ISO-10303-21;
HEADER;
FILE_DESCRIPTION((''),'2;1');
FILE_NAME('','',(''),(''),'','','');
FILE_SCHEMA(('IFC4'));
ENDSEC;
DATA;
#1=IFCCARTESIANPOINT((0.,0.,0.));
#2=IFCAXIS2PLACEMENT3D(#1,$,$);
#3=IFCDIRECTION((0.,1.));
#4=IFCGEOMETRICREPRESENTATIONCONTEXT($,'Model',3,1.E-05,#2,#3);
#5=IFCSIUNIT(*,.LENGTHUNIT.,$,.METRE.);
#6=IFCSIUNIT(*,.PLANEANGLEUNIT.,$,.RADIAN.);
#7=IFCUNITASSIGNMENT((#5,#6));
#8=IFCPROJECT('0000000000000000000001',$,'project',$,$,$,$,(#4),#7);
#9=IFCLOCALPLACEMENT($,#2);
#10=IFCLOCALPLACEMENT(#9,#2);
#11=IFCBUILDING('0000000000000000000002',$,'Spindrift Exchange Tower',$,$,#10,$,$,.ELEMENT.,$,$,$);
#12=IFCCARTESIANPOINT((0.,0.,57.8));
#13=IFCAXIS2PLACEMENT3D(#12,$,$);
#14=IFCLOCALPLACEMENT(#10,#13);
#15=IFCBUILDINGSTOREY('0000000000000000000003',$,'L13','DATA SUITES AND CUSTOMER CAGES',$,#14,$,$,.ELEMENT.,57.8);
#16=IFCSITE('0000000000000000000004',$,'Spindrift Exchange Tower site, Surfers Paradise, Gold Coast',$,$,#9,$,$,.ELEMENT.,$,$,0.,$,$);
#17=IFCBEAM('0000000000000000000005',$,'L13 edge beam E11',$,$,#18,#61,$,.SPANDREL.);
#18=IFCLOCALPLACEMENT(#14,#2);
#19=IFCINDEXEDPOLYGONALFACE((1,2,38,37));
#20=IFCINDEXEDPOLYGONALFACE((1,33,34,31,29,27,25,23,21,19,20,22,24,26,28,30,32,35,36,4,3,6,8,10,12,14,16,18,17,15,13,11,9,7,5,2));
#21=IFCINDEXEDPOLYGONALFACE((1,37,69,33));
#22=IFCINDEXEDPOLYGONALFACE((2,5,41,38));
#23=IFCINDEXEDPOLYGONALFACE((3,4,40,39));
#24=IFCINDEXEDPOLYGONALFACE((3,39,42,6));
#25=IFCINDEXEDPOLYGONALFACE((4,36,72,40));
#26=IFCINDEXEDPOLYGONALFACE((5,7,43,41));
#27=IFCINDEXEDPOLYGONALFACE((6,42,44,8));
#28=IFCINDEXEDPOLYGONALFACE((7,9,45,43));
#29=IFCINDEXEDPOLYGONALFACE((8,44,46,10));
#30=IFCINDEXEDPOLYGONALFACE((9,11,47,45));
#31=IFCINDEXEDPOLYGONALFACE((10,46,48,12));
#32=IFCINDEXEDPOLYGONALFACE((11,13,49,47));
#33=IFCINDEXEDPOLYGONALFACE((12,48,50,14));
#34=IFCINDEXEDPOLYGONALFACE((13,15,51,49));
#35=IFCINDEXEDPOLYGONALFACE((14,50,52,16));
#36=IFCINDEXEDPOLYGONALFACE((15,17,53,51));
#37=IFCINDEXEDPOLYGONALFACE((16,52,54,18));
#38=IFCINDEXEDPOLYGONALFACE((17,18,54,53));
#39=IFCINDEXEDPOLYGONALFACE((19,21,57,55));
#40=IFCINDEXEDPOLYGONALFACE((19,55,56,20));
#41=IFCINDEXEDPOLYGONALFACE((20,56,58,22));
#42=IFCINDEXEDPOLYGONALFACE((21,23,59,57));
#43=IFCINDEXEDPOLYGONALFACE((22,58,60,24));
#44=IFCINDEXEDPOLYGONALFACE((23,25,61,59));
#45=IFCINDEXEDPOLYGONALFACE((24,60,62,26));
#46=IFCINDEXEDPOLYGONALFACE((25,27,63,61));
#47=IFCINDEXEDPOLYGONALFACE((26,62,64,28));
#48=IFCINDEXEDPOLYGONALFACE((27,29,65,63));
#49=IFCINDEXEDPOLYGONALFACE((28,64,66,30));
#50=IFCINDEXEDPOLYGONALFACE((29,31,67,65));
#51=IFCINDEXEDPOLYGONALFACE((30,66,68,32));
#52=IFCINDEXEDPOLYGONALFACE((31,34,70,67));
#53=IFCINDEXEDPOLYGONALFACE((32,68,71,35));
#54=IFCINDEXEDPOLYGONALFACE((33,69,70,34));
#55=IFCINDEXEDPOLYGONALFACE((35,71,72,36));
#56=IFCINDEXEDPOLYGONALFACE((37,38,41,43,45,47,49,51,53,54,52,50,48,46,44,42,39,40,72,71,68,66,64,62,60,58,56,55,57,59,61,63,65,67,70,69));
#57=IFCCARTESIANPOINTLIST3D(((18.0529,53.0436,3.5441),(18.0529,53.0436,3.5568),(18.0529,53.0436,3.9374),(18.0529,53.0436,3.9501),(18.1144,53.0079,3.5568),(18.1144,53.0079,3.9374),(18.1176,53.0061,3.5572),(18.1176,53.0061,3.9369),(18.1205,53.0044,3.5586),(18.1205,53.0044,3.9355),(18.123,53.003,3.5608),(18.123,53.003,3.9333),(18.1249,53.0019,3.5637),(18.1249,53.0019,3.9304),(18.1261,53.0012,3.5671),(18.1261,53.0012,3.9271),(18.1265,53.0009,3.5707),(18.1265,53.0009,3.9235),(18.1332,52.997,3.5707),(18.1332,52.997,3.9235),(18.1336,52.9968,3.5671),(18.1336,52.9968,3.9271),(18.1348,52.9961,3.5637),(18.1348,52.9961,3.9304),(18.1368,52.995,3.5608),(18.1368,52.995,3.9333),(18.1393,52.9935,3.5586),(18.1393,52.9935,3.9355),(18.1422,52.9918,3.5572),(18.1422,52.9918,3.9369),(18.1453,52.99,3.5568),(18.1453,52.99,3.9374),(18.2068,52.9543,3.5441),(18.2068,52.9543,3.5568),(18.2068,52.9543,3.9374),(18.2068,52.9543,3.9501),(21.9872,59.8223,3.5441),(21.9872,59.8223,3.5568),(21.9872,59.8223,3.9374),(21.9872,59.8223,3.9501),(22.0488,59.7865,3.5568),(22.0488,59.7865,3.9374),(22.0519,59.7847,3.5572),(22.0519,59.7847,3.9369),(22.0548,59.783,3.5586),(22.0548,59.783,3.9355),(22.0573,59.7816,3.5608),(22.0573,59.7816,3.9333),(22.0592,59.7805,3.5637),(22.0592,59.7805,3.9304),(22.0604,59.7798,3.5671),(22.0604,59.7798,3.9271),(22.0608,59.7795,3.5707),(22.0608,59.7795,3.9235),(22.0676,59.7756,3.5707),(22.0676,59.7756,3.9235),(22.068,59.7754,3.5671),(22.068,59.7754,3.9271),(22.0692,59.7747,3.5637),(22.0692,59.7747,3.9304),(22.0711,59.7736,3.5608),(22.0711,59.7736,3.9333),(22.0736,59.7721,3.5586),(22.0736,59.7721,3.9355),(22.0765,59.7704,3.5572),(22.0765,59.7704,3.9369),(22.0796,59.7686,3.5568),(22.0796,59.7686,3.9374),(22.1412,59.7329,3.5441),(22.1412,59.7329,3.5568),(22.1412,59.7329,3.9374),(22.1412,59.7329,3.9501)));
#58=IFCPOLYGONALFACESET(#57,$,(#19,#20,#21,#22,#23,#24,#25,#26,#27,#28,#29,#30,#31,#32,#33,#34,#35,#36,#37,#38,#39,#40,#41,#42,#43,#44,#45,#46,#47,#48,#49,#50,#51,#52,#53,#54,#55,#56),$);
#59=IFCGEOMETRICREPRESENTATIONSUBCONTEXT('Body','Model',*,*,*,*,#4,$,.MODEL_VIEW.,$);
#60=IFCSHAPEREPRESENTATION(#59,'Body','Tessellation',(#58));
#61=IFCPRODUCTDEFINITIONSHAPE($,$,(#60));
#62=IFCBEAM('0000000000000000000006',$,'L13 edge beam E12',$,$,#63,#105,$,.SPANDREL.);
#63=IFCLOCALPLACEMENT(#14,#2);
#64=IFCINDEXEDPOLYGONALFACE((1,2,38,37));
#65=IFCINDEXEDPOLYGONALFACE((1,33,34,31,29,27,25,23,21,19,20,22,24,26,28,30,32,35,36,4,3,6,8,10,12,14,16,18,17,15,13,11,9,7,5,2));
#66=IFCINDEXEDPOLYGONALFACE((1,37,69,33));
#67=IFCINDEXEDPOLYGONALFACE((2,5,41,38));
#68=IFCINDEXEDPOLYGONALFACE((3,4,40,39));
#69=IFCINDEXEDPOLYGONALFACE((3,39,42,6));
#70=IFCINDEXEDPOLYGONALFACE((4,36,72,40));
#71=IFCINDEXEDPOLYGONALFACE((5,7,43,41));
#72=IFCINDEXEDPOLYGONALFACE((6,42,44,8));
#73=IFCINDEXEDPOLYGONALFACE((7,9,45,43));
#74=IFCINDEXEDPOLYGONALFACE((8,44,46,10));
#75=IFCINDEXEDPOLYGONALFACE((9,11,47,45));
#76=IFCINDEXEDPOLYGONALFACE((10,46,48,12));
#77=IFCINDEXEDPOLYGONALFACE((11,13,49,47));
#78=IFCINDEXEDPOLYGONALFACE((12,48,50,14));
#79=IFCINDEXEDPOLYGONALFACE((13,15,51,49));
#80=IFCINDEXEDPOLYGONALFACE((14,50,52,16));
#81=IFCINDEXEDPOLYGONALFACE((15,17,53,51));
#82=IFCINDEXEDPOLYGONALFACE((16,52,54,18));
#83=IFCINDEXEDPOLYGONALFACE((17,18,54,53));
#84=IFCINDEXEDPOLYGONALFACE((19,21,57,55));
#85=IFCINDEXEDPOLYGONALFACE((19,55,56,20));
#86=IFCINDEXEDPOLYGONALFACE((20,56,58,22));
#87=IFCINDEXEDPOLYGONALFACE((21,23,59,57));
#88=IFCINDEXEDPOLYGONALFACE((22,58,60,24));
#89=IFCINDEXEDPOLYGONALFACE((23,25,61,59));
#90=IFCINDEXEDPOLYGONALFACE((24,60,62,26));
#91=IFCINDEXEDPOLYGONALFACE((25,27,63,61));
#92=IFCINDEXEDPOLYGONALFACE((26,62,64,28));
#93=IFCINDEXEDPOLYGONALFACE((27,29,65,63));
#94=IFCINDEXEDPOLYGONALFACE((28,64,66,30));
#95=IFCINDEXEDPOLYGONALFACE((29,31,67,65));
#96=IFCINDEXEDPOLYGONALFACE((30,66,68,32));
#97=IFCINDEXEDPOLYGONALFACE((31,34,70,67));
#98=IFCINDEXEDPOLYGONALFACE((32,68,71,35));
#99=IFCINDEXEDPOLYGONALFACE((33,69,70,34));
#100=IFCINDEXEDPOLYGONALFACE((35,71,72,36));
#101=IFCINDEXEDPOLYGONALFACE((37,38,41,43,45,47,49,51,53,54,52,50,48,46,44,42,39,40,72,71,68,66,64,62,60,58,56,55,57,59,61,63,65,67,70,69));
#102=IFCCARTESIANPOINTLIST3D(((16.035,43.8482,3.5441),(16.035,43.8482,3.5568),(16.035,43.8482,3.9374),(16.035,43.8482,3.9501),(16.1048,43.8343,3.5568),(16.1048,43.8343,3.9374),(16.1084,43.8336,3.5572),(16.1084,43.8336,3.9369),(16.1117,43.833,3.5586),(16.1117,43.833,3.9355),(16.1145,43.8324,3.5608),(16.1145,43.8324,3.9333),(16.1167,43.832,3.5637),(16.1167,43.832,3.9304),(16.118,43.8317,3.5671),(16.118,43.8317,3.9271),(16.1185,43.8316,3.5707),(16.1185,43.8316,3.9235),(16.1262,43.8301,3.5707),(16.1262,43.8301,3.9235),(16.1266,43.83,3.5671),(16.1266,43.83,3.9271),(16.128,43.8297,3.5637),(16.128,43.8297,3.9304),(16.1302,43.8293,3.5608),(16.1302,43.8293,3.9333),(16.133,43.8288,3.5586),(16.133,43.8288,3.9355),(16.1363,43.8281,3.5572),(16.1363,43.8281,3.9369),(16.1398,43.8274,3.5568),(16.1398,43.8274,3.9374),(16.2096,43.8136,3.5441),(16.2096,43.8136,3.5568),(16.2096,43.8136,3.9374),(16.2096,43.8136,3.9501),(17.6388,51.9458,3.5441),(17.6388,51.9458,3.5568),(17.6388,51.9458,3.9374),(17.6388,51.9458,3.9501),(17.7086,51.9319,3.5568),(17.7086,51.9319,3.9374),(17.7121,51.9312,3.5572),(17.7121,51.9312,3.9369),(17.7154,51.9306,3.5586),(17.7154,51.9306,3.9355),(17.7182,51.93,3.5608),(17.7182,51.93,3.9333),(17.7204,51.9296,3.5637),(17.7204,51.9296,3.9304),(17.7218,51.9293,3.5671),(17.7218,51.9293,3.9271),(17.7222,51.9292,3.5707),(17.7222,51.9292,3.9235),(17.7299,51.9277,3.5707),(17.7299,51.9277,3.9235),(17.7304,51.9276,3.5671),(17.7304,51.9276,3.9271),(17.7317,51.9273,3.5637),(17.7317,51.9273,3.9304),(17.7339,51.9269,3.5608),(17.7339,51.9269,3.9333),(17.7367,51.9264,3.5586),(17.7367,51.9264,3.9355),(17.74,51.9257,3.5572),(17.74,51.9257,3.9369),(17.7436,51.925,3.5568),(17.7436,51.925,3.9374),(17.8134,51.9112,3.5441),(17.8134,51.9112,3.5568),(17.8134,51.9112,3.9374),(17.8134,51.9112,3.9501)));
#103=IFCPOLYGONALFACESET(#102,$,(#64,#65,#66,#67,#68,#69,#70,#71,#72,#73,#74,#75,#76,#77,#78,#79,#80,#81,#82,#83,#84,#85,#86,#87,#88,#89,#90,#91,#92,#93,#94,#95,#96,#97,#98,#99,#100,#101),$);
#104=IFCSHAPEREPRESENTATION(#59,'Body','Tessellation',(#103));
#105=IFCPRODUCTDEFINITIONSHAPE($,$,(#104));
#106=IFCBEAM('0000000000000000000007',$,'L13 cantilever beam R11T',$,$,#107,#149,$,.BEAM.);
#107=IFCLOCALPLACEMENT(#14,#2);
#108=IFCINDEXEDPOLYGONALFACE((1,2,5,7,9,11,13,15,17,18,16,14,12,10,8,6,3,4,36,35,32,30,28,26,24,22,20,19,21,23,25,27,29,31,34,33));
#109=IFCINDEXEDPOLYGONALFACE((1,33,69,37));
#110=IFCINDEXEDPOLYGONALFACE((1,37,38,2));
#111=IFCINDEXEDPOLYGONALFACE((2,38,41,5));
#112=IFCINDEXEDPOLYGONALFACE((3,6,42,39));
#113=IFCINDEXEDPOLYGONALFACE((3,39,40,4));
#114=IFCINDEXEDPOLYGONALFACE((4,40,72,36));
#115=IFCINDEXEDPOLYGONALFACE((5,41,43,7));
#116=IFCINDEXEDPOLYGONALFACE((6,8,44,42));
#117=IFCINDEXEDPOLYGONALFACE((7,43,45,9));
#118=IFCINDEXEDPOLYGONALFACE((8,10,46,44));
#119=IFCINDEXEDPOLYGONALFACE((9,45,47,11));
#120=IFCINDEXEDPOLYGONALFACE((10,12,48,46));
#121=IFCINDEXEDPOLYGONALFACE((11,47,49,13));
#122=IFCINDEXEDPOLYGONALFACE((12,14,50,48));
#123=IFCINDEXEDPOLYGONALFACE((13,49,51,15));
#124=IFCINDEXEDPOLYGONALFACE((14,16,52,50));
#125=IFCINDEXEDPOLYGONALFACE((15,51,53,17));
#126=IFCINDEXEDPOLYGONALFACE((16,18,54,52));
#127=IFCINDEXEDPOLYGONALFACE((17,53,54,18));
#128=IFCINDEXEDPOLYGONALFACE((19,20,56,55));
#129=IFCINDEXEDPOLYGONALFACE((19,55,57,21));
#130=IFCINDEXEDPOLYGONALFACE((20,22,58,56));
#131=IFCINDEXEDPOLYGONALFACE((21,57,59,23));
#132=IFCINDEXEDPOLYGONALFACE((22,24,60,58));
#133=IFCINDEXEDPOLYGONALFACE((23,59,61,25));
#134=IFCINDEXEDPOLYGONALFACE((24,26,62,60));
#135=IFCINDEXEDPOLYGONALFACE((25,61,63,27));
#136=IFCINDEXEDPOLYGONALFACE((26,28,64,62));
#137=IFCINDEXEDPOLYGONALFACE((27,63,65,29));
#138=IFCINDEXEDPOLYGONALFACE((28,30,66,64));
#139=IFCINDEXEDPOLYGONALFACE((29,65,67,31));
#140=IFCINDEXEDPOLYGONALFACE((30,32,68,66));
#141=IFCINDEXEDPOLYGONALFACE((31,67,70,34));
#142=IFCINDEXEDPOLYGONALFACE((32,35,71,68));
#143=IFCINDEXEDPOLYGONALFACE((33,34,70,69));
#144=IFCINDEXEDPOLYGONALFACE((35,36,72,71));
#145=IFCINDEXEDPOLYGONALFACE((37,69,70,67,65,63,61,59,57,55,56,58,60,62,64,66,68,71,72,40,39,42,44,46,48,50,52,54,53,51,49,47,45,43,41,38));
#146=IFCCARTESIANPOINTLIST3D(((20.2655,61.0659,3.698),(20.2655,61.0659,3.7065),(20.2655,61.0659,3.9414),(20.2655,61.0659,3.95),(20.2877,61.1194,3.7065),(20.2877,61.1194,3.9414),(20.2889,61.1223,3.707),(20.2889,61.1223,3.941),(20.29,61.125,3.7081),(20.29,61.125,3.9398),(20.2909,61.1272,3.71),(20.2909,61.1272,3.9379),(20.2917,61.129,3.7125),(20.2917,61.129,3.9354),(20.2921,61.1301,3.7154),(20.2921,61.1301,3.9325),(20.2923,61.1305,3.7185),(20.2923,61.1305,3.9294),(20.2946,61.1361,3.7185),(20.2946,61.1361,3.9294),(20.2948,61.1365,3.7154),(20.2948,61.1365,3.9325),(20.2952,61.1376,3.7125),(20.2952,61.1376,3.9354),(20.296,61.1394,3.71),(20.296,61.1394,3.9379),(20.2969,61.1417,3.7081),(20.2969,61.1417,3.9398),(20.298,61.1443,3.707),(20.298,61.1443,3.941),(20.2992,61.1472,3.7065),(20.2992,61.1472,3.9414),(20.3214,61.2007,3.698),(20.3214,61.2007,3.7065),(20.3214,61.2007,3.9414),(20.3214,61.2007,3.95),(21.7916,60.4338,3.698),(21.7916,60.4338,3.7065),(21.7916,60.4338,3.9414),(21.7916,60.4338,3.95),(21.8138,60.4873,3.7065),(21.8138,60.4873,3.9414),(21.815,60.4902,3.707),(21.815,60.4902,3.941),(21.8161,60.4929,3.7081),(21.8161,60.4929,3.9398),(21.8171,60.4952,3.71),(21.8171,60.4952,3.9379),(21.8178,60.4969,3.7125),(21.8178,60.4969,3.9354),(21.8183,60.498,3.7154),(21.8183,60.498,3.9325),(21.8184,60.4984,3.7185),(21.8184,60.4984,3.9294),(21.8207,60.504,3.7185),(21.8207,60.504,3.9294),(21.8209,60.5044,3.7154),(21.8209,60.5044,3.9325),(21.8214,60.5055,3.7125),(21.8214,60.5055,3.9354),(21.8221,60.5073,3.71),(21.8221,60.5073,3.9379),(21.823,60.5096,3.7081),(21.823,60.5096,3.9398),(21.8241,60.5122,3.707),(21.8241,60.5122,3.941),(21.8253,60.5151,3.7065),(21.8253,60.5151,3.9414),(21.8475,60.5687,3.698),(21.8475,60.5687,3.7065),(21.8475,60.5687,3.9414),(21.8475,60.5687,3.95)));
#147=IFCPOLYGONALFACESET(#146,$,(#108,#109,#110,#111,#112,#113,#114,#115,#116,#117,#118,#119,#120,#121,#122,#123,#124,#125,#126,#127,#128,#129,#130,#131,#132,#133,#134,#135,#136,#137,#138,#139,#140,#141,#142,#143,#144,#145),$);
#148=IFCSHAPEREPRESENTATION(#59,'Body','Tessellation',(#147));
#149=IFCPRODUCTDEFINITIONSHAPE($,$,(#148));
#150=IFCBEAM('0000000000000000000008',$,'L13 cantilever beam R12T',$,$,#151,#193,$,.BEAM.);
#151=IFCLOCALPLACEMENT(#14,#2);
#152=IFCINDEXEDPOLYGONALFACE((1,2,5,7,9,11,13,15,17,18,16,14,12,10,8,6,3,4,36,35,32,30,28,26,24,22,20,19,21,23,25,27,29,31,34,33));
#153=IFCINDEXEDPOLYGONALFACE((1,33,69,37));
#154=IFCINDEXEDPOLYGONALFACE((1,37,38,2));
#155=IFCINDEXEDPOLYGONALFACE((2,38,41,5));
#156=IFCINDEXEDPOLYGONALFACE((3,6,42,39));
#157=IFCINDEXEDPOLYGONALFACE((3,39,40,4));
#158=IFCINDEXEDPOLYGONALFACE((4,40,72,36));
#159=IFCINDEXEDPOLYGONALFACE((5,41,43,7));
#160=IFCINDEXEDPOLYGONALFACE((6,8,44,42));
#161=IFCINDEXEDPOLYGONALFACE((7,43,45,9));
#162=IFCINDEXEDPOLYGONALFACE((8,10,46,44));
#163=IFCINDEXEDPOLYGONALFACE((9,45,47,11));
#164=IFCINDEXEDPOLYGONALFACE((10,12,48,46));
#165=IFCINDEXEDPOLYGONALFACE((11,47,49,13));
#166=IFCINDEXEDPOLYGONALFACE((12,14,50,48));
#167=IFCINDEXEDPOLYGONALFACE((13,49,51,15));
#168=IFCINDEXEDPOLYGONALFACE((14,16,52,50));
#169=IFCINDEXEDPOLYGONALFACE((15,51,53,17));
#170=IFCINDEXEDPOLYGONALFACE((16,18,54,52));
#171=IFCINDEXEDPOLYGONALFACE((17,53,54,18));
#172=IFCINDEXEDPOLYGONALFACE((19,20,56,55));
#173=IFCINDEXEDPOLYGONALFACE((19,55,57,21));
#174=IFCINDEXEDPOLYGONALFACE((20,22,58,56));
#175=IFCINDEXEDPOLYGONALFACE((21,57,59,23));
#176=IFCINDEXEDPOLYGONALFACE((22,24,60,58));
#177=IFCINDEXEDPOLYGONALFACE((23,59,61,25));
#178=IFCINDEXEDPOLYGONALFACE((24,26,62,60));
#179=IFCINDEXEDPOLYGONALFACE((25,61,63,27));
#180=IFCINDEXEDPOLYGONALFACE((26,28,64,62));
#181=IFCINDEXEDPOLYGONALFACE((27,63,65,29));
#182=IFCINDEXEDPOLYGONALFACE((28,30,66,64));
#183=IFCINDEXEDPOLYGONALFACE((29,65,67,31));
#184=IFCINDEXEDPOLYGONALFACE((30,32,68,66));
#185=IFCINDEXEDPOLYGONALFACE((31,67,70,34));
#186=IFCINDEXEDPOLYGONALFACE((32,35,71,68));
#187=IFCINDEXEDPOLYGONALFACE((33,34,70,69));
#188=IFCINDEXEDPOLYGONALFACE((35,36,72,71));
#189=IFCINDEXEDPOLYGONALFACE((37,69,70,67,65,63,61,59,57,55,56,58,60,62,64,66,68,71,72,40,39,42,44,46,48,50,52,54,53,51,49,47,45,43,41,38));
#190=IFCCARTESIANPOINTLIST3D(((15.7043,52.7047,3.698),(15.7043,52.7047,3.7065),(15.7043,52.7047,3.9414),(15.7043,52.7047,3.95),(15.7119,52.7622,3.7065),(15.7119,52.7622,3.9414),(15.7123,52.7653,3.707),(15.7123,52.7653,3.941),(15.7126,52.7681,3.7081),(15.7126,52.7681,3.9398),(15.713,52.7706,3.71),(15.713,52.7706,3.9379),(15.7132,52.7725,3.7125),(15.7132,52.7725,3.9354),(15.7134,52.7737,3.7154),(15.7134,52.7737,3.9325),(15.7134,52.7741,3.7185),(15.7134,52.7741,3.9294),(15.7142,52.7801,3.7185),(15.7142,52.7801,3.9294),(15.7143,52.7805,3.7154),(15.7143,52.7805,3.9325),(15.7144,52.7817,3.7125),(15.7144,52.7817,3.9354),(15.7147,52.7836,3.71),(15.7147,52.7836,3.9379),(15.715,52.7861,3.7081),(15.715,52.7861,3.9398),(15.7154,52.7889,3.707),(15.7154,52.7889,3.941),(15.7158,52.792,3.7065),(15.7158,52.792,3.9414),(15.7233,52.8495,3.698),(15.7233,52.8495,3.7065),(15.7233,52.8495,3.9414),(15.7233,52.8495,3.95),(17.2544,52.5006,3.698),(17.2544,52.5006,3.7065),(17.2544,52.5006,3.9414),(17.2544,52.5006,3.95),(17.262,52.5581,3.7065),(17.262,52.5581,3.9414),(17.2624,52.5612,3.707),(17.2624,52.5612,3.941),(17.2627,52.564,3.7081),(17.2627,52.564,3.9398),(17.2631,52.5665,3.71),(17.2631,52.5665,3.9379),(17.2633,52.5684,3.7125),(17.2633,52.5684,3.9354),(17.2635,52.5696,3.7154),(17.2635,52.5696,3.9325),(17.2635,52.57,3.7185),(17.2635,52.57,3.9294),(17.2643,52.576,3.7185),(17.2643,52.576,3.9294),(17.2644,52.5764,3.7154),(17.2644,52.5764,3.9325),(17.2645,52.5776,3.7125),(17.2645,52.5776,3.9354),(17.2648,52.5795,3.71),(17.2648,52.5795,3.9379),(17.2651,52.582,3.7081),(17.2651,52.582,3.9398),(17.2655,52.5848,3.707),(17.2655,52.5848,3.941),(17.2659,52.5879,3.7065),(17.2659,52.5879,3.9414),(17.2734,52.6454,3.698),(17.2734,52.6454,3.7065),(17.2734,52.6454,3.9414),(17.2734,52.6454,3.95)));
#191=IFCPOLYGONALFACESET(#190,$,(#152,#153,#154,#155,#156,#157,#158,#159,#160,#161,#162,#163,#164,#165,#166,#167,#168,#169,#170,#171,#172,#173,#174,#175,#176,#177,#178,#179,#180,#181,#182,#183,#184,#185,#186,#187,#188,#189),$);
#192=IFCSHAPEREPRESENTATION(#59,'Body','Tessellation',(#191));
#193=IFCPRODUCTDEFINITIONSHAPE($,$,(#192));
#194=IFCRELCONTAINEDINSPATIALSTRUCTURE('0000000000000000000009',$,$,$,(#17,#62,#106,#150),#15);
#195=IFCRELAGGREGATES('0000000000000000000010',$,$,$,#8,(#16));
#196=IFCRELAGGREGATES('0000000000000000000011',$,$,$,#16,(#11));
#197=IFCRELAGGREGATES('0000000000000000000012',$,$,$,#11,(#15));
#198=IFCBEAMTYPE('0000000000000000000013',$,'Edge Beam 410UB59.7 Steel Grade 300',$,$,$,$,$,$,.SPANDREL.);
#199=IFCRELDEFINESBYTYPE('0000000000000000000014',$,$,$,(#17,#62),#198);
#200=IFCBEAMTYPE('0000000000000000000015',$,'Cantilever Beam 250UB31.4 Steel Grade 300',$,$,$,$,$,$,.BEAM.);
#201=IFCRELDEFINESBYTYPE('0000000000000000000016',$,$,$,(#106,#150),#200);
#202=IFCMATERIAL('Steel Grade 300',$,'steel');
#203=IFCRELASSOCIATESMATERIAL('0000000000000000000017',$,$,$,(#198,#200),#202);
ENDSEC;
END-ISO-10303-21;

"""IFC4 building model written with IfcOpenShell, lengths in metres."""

from ifc_helpers import new_model, si_unit, direction, frame, origin, origin_2d, place, context, subcontext, project, spatial, i_section, extrude, source, transform, mapped, material, material_profile, profile_set, type_object, element, save


model = new_model("IFC4")

# Units and contexts
model_context = context("Model", 3, precision=1e-05, world=origin(), true_north=direction((0.0, 1.0)))
body_context = subcontext(model_context, "Body", "Model", "MODEL_VIEW")
ifc_project = project(units=[si_unit("LENGTHUNIT", "METRE"), si_unit("PLANEANGLEUNIT", "RADIAN")], contexts=[model_context])

# Site, building, storey
site_placement = place(None, origin())
site = spatial("IfcSite", under=ifc_project, at=site_placement, Name="Spindrift Exchange Tower site, Surfers Paradise, Gold Coast", CompositionType="ELEMENT", RefElevation=0.0)
building_placement = place(site_placement, origin())
building = spatial("IfcBuilding", under=site, at=building_placement, Name="Spindrift Exchange Tower", CompositionType="ELEMENT")
storey_placement = place(building_placement, frame((0.0, 0.0, 57.8)))
storey = spatial("IfcBuildingStorey", under=building, at=storey_placement, Name="L13", Description="DATA SUITES AND CUSTOMER CAGES", CompositionType="ELEMENT", Elevation=57.8)

# Beams
ifc_material_1 = material(Name="Steel Grade 300", Category="steel")
ifc_material_profile_1 = material_profile(ifc_material_1, i_section(OverallWidth=0.178, OverallDepth=0.406, WebThickness=0.0078, FlangeThickness=0.0127, FilletRadius=0.0139, at=origin_2d()), Name="410UB59.7")
ifc_profile_set_1 = profile_set([ifc_material_profile_1], Name="Steel Grade 300")
beam_type_1 = type_object("IfcBeamType", Name="Edge Beam 410UB59.7 Steel Grade 300", PredefinedType="SPANDREL", material=ifc_profile_set_1)
shared_shape_1 = source(origin(), body_context, "Body", "SweptSolid", [
    extrude(i_section(OverallWidth=0.178, OverallDepth=0.406, WebThickness=0.0078, FlangeThickness=0.0127, FilletRadius=0.0139, at=origin_2d()), origin(), (0.0, 0.0, 1.0), 7.8376),
])
beam_1_placement = place(storey_placement, frame((22.0642, 59.7776, 3.7471), z_axis=(-0.501981, -0.864878, 0.0), x_axis=(0.864878, -0.501981, 0.0)))
element("IfcBeam", 1, at=beam_1_placement, inside=storey, type_object=beam_type_1, Name="L13 edge beam E11", PredefinedType="SPANDREL", context=body_context, shape_type="MappedRepresentation", body=[
    mapped(shared_shape_1, transform((0.0, 0.0, 0.0), scale=1.0)),
])
shared_shape_2 = source(origin(), body_context, "Body", "SweptSolid", [
    extrude(i_section(OverallWidth=0.178, OverallDepth=0.406, WebThickness=0.0078, FlangeThickness=0.0127, FilletRadius=0.0139, at=origin_2d()), origin(), (0.0, 0.0, 1.0), 8.2549),
])
beam_2_placement = place(storey_placement, frame((17.7261, 51.9285, 3.7471), z_axis=(-0.194279, -0.980946, 0.0), x_axis=(0.980946, -0.194279, 0.0)))
element("IfcBeam", 2, at=beam_2_placement, inside=storey, type_object=beam_type_1, Name="L13 edge beam E12", PredefinedType="SPANDREL", context=body_context, shape_type="MappedRepresentation", body=[
    mapped(shared_shape_2, transform((0.0, 0.0, 0.0), scale=1.0)),
])
ifc_material_profile_2 = material_profile(ifc_material_1, i_section(OverallWidth=0.146, OverallDepth=0.252, WebThickness=0.0061, FlangeThickness=0.0085, FilletRadius=0.012, at=origin_2d()), Name="250UB31.4")
ifc_profile_set_2 = profile_set([ifc_material_profile_2], Name="Steel Grade 300")
beam_type_2 = type_object("IfcBeamType", Name="Cantilever Beam 250UB31.4 Steel Grade 300", PredefinedType="BEAM", material=ifc_profile_set_2)
shared_shape_3 = source(origin(), body_context, "Body", "SweptSolid", [
    extrude(i_section(OverallWidth=0.146, OverallDepth=0.252, WebThickness=0.0061, FlangeThickness=0.0085, FilletRadius=0.012, at=origin_2d()), origin(), (0.0, 0.0, 1.0), 1.6519),
])
beam_3_placement = place(storey_placement, frame((21.8196, 60.5012, 3.824), z_axis=(-0.923893, 0.382652, 0.0), x_axis=(-0.382652, -0.923893, 0.0)))
element("IfcBeam", 3, at=beam_3_placement, inside=storey, type_object=beam_type_2, Name="L13 cantilever beam R11T", PredefinedType="BEAM", context=body_context, shape_type="MappedRepresentation", body=[
    mapped(shared_shape_3, transform((0.0, 0.0, 0.0), scale=1.0)),
])
shared_shape_4 = source(origin(), body_context, "Body", "SweptSolid", [
    extrude(i_section(OverallWidth=0.146, OverallDepth=0.252, WebThickness=0.0061, FlangeThickness=0.0085, FilletRadius=0.012, at=origin_2d()), origin(), (0.0, 0.0, 1.0), 1.5635),
])
beam_4_placement = place(storey_placement, frame((17.2639, 52.573, 3.824), z_axis=(-0.991442, 0.130547, 0.0), x_axis=(-0.130547, -0.991442, 0.0)))
element("IfcBeam", 4, at=beam_4_placement, inside=storey, type_object=beam_type_2, Name="L13 cantilever beam R12T", PredefinedType="BEAM", context=body_context, shape_type="MappedRepresentation", body=[
    mapped(shared_shape_4, transform((0.0, 0.0, 0.0), scale=1.0)),
])

save(model, "model.ifc")
